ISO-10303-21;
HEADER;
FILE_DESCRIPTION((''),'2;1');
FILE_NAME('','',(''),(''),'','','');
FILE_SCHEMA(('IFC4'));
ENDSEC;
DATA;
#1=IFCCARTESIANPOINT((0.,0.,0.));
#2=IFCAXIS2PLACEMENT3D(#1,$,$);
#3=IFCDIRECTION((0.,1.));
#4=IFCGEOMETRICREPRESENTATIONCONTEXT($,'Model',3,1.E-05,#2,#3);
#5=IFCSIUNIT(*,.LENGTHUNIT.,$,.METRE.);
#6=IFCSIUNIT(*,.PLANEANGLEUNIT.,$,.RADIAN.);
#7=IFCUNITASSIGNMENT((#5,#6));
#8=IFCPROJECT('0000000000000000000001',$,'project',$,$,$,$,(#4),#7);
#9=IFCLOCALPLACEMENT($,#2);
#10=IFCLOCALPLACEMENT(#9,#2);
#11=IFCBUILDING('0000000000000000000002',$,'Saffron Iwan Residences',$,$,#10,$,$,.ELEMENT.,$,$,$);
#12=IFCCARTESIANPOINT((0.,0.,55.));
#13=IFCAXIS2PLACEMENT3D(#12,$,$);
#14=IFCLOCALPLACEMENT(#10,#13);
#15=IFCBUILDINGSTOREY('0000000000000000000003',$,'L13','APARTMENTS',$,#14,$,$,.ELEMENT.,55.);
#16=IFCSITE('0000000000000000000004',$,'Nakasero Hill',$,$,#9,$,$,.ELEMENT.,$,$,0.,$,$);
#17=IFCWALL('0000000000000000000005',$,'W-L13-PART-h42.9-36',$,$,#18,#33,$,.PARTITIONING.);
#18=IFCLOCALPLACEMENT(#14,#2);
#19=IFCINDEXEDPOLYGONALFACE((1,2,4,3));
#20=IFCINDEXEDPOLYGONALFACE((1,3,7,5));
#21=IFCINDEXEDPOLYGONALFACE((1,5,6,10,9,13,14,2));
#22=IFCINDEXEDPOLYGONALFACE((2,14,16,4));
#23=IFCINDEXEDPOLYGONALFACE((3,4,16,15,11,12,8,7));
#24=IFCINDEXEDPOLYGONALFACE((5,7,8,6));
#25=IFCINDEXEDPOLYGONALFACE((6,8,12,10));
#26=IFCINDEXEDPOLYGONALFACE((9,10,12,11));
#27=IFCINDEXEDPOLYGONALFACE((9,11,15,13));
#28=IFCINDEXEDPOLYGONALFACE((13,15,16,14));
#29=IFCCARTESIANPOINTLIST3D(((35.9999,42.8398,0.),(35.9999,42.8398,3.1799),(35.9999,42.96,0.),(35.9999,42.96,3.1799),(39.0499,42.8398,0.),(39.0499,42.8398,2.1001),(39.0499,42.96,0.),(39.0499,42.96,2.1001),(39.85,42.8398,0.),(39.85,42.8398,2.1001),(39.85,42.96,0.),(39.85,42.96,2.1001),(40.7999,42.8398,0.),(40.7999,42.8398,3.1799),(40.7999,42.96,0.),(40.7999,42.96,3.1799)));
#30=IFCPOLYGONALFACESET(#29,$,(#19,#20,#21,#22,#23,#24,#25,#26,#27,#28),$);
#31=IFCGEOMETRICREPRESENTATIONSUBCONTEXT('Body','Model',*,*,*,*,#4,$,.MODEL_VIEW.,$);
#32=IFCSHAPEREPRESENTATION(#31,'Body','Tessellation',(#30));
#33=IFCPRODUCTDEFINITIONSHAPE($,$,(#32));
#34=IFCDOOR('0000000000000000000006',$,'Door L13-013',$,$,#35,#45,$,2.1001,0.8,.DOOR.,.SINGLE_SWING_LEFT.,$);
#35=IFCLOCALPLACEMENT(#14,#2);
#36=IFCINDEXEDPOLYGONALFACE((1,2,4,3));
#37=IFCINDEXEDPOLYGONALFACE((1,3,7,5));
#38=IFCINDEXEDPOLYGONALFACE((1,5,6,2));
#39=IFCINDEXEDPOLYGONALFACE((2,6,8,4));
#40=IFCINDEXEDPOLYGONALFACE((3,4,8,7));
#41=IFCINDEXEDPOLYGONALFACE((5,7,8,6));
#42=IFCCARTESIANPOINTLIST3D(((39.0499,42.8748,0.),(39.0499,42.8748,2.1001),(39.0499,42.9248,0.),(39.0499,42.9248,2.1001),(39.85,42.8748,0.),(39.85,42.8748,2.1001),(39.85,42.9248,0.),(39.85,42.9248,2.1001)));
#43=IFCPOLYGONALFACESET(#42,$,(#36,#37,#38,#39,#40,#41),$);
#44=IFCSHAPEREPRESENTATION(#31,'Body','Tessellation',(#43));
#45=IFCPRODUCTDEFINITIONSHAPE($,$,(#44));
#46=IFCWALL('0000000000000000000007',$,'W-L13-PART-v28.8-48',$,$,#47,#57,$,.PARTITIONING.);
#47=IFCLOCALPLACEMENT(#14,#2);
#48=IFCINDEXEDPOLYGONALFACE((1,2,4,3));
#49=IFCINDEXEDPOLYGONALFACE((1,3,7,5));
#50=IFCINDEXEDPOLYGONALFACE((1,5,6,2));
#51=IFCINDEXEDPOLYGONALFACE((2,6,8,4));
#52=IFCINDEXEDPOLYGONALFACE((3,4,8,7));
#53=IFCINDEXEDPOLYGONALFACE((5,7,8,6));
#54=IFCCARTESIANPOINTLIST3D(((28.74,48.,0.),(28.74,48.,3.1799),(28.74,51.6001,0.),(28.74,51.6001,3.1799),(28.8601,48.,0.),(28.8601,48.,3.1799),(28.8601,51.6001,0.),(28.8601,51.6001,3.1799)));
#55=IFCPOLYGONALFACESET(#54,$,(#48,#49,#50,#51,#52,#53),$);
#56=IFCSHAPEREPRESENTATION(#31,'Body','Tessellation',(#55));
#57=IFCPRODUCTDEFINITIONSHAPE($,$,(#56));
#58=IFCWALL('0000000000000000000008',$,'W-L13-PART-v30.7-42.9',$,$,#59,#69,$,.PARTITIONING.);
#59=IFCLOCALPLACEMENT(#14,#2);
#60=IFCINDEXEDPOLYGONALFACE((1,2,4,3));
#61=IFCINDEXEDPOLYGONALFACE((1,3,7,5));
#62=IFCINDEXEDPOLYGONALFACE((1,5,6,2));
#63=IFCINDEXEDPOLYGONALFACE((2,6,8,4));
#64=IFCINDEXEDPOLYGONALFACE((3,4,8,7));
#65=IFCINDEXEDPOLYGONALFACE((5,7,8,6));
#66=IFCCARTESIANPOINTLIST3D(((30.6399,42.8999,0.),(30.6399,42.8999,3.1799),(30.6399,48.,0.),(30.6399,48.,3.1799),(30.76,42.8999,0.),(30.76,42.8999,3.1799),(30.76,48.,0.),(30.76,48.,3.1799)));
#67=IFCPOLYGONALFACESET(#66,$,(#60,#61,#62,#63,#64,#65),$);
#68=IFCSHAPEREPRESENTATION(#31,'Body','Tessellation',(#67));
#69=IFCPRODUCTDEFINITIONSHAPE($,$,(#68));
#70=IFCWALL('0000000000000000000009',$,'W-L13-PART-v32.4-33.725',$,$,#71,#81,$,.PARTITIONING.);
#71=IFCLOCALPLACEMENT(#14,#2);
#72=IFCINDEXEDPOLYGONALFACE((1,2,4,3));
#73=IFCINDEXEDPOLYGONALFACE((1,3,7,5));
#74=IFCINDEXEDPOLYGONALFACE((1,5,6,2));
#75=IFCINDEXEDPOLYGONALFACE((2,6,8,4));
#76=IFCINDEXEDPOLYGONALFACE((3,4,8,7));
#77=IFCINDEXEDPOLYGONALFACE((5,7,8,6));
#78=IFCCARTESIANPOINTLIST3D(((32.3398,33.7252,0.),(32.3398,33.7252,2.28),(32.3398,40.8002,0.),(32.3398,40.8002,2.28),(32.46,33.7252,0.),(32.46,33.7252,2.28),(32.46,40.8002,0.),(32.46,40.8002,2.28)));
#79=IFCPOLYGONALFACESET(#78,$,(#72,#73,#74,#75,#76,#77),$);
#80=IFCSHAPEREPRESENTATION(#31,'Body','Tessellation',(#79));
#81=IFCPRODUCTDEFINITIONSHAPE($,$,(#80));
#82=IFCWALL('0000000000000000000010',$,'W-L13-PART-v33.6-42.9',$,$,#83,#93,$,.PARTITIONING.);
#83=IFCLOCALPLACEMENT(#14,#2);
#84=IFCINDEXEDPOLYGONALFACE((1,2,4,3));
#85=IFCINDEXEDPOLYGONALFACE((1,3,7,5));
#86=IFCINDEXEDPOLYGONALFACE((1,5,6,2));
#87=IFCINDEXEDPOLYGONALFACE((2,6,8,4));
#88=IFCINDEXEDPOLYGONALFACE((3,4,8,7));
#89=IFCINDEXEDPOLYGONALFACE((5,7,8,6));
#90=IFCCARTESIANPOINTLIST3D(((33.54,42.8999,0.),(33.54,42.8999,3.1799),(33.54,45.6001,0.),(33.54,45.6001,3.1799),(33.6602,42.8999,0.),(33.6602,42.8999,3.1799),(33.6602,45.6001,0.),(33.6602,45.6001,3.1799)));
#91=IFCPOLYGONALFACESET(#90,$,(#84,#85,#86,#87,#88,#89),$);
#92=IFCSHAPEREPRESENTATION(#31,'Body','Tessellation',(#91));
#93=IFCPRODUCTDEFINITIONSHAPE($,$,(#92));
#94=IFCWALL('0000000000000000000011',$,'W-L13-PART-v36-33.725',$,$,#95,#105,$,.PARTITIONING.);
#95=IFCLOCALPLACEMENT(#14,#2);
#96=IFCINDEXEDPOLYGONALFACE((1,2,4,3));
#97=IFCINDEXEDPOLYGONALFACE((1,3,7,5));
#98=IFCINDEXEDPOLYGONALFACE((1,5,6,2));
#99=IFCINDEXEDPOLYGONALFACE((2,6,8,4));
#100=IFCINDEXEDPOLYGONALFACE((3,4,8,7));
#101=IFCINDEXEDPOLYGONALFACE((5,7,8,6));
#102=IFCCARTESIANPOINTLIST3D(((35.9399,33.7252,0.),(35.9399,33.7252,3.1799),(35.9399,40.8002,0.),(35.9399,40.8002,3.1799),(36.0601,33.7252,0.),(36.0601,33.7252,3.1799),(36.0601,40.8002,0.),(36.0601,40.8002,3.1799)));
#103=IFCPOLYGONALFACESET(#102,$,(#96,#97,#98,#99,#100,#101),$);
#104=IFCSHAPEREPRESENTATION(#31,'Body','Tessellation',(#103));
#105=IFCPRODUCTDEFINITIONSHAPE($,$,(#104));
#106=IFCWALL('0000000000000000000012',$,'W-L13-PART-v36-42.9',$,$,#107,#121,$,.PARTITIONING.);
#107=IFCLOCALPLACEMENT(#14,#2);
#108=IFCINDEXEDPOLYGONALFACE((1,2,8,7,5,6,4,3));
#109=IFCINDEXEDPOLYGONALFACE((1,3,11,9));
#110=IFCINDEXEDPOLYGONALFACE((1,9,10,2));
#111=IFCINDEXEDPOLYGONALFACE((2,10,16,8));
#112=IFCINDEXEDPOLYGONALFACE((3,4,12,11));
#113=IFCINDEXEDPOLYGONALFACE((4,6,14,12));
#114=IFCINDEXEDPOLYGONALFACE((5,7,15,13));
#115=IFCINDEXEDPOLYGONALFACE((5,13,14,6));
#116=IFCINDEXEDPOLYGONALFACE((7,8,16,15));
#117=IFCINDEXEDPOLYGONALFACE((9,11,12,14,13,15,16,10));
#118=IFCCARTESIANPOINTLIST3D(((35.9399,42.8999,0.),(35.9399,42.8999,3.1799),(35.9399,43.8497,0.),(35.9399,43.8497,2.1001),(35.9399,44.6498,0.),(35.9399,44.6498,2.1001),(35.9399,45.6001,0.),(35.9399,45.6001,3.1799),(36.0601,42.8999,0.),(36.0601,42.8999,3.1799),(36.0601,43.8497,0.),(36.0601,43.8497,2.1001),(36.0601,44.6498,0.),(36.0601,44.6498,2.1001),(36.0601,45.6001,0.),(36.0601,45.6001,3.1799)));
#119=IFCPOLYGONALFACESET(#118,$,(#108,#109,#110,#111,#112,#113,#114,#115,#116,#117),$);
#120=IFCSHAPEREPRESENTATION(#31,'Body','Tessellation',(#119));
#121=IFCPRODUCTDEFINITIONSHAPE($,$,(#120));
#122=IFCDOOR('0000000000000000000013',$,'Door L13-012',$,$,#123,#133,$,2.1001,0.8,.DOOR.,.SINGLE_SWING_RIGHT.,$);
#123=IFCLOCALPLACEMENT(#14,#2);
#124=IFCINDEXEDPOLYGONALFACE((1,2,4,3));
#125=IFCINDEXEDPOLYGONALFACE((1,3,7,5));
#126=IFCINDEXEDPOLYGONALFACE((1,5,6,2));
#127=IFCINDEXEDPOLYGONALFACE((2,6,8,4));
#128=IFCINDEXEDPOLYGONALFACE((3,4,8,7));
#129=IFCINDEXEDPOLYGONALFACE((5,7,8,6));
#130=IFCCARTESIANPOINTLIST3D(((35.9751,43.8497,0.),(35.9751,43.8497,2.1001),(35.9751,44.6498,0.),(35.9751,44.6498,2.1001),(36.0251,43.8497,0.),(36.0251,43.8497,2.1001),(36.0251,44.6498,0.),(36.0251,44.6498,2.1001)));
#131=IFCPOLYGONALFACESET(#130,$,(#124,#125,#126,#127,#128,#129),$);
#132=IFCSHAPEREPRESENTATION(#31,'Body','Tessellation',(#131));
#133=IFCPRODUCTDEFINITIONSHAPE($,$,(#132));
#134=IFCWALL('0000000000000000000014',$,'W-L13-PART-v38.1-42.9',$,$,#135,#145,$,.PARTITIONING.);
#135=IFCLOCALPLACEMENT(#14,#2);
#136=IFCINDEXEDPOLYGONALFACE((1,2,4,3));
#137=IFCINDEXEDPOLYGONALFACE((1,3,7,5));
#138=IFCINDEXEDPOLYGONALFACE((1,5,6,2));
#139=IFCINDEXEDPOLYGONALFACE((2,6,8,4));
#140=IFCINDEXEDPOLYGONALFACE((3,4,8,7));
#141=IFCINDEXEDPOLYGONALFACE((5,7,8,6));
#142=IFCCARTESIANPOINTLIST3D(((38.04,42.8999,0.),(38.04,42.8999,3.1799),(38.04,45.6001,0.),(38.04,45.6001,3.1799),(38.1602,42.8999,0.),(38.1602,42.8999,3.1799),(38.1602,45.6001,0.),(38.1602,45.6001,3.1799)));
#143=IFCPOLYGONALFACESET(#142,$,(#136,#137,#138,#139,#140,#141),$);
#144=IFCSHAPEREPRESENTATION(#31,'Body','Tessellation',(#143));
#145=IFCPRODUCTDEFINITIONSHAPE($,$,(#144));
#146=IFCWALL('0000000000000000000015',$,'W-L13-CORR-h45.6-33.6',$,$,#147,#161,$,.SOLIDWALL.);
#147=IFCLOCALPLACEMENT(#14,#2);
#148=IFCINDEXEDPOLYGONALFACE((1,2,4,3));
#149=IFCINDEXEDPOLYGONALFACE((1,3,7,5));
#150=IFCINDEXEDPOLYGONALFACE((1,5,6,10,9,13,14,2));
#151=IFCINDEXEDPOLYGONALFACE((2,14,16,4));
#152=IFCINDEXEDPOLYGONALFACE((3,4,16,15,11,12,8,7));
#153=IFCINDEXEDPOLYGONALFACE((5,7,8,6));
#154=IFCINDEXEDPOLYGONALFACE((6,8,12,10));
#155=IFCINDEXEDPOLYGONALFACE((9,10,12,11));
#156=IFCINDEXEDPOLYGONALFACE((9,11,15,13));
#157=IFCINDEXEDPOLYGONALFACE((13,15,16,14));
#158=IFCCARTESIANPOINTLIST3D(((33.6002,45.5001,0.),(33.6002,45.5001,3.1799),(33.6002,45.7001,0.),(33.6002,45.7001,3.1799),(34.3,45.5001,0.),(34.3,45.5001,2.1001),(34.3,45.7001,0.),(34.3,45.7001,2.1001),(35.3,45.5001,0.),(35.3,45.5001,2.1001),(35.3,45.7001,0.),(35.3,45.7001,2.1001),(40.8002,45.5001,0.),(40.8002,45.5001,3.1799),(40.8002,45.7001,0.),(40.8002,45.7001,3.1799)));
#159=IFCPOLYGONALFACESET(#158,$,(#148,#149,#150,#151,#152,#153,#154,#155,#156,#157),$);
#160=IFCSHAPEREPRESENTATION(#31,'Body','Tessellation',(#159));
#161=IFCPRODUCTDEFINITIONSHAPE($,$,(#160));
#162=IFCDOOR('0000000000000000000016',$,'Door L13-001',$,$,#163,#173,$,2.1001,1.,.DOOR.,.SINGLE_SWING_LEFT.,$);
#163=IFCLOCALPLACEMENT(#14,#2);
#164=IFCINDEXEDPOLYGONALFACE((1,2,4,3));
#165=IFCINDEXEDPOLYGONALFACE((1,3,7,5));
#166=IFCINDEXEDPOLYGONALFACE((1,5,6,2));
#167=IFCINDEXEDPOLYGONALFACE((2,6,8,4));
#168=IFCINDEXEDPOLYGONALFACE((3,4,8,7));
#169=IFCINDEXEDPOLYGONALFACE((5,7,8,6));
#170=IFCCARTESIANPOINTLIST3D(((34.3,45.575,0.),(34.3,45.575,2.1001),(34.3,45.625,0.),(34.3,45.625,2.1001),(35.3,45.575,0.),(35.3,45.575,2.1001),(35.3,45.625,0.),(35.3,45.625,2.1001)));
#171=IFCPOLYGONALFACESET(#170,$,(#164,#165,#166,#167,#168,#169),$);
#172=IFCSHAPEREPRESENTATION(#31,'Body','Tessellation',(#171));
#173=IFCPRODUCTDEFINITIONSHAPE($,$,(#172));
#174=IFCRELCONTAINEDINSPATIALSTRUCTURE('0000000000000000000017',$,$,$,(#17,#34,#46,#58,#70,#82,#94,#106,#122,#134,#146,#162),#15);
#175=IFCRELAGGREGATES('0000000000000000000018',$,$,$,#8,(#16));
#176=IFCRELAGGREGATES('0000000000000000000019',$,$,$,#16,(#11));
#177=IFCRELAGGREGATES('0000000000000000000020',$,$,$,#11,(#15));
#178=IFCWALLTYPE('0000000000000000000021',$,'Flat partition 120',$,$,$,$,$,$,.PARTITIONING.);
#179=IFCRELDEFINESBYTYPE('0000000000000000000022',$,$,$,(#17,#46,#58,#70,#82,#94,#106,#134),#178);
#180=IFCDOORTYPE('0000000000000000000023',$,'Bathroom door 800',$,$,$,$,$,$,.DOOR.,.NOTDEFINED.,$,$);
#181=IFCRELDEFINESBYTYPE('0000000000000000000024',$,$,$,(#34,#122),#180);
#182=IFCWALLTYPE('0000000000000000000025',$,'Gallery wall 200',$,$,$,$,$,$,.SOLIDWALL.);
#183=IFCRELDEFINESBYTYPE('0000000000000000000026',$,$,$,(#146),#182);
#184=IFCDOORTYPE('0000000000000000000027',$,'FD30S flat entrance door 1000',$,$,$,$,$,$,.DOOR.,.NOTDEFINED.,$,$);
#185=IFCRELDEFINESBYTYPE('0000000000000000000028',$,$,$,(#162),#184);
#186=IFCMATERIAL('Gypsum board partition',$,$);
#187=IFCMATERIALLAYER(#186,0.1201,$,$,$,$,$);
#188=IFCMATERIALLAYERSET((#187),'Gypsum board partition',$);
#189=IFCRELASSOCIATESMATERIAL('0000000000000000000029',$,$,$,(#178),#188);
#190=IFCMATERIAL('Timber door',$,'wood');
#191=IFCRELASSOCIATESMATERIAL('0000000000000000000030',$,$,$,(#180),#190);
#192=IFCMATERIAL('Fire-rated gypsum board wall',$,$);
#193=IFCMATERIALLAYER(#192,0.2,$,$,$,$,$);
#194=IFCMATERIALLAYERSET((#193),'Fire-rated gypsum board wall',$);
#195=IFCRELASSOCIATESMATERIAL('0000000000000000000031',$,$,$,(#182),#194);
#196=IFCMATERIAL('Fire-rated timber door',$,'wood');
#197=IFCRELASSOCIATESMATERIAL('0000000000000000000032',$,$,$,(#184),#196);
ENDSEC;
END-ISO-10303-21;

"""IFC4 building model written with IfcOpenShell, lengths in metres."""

from ifc_helpers import new_model, si_unit, direction, frame, frame_2d, origin, place, context, subcontext, project, spatial, rectangle, extrude, material, layer, layer_set, type_object, element, fill, save


model = new_model("IFC4")

# Units and contexts
model_context = context("Model", 3, precision=1e-05, world=origin(), true_north=direction((0.0, 1.0)))
body_context = subcontext(model_context, "Body", "Model", "MODEL_VIEW")
ifc_project = project(units=[si_unit("LENGTHUNIT", "METRE"), si_unit("PLANEANGLEUNIT", "RADIAN")], contexts=[model_context])

# Site, building, storey
site_placement = place(None, origin())
site = spatial("IfcSite", under=ifc_project, at=site_placement, Name="Nakasero Hill", CompositionType="ELEMENT", RefElevation=0.0)
building_placement = place(site_placement, origin())
building = spatial("IfcBuilding", under=site, at=building_placement, Name="Saffron Iwan Residences", CompositionType="ELEMENT")
storey_placement = place(building_placement, frame((0.0, 0.0, 55.0)))
storey = spatial("IfcBuildingStorey", under=building, at=storey_placement, Name="L13", Description="APARTMENTS", CompositionType="ELEMENT", Elevation=55.0)

# Wall, opening, door
ifc_material_1 = material(Name="Gypsum board partition")
ifc_layer_1 = layer(ifc_material_1, 0.1201)
ifc_layer_set_1 = layer_set([ifc_layer_1], Name="Gypsum board partition")
wall_type_1 = type_object("IfcWallType", Name="Flat partition 120", PredefinedType="PARTITIONING", material=ifc_layer_set_1)
wall_1_placement = place(storey_placement, frame((36.0, 42.8999, 0.0), z_axis=(0.0, 0.0, 1.0), x_axis=(1.0, 0.0, 0.0)))
wall_1 = element("IfcWall", 1, at=wall_1_placement, inside=storey, type_object=wall_type_1, Name="W-L13-PART-h42.9-36", PredefinedType="PARTITIONING", context=body_context, shape_type="SweptSolid", body=[
    extrude(rectangle(XDim=4.8, YDim=0.1201, at=frame_2d((2.3999, 0.0))), origin(), (0.0, 0.0, 1.0), 3.1799),
])
opening_1_placement = place(wall_1_placement, frame((3.05, 0.0, 0.0)))
opening_1 = element("IfcOpeningElement", 2, at=opening_1_placement, cuts=wall_1, PredefinedType="OPENING", context=body_context, shape_type="SweptSolid", body=[
    extrude(rectangle(XDim=0.8, YDim=2.1001, at=frame_2d((0.3999, 1.05))), frame((0.0, 0.0701, 0.0), z_axis=(0.0, -1.0, 0.0), x_axis=(1.0, 0.0, 0.0)), (0.0, 0.0, 1.0), 0.1401),
])
ifc_material_2 = material(Name="Timber door", Category="wood")
door_type_1 = type_object("IfcDoorType", Name="Bathroom door 800", OperationType="NOTDEFINED", PredefinedType="DOOR", material=ifc_material_2)
door_1_placement = place(opening_1_placement, origin())
door_1 = element("IfcDoor", 3, at=door_1_placement, inside=storey, type_object=door_type_1, Name="Door L13-013", OperationType="SINGLE_SWING_LEFT", OverallHeight=2.1001, OverallWidth=0.8, PredefinedType="DOOR", context=body_context, shape_type="SweptSolid", body=[
    extrude(rectangle(XDim=0.8, YDim=2.1001, at=frame_2d((0.3999, 1.05))), frame((0.0, 0.0249, 0.0), z_axis=(0.0, -1.0, 0.0), x_axis=(1.0, 0.0, 0.0)), (0.0, 0.0, 1.0), 0.05),
])
fill(opening_1, door_1)

# Walls
wall_2_placement = place(storey_placement, frame((28.8, 48.0, 0.0), z_axis=(0.0, 0.0, 1.0), x_axis=(0.0, 1.0, 0.0)))
element("IfcWall", 4, at=wall_2_placement, inside=storey, type_object=wall_type_1, Name="W-L13-PART-v28.8-48", PredefinedType="PARTITIONING", context=body_context, shape_type="SweptSolid", body=[
    extrude(rectangle(XDim=3.6001, YDim=0.1201, at=frame_2d((1.8, 0.0))), origin(), (0.0, 0.0, 1.0), 3.1799),
])
wall_3_placement = place(storey_placement, frame((30.7, 42.8999, 0.0), z_axis=(0.0, 0.0, 1.0), x_axis=(0.0, 1.0, 0.0)))
element("IfcWall", 5, at=wall_3_placement, inside=storey, type_object=wall_type_1, Name="W-L13-PART-v30.7-42.9", PredefinedType="PARTITIONING", context=body_context, shape_type="SweptSolid", body=[
    extrude(rectangle(XDim=5.1001, YDim=0.1201, at=frame_2d((2.55, 0.0))), origin(), (0.0, 0.0, 1.0), 3.1799),
])
wall_4_placement = place(storey_placement, frame((32.3999, 33.7251, 0.0), z_axis=(0.0, 0.0, 1.0), x_axis=(0.0, 1.0, 0.0)))
element("IfcWall", 6, at=wall_4_placement, inside=storey, type_object=wall_type_1, Name="W-L13-PART-v32.4-33.725", PredefinedType="PARTITIONING", context=body_context, shape_type="SweptSolid", body=[
    extrude(rectangle(XDim=7.075, YDim=0.1201, at=frame_2d((3.5376, 0.0))), origin(), (0.0, 0.0, 1.0), 2.28),
])
wall_5_placement = place(storey_placement, frame((33.6001, 42.8999, 0.0), z_axis=(0.0, 0.0, 1.0), x_axis=(0.0, 1.0, 0.0)))
element("IfcWall", 7, at=wall_5_placement, inside=storey, type_object=wall_type_1, Name="W-L13-PART-v33.6-42.9", PredefinedType="PARTITIONING", context=body_context, shape_type="SweptSolid", body=[
    extrude(rectangle(XDim=2.7002, YDim=0.1201, at=frame_2d((1.3501, 0.0))), origin(), (0.0, 0.0, 1.0), 3.1799),
])
wall_6_placement = place(storey_placement, frame((36.0, 33.7251, 0.0), z_axis=(0.0, 0.0, 1.0), x_axis=(0.0, 1.0, 0.0)))
element("IfcWall", 8, at=wall_6_placement, inside=storey, type_object=wall_type_1, Name="W-L13-PART-v36-33.725", PredefinedType="PARTITIONING", context=body_context, shape_type="SweptSolid", body=[
    extrude(rectangle(XDim=7.075, YDim=0.1201, at=frame_2d((3.5376, 0.0))), origin(), (0.0, 0.0, 1.0), 3.1799),
])

# Wall, opening, door
wall_7_placement = place(storey_placement, frame((36.0, 42.8999, 0.0), z_axis=(0.0, 0.0, 1.0), x_axis=(0.0, 1.0, 0.0)))
wall_7 = element("IfcWall", 9, at=wall_7_placement, inside=storey, type_object=wall_type_1, Name="W-L13-PART-v36-42.9", PredefinedType="PARTITIONING", context=body_context, shape_type="SweptSolid", body=[
    extrude(rectangle(XDim=2.7002, YDim=0.1201, at=frame_2d((1.3501, 0.0))), origin(), (0.0, 0.0, 1.0), 3.1799),
])
opening_2_placement = place(wall_7_placement, frame((0.95, 0.0, 0.0)))
opening_2 = element("IfcOpeningElement", 10, at=opening_2_placement, cuts=wall_7, PredefinedType="OPENING", context=body_context, shape_type="SweptSolid", body=[
    extrude(rectangle(XDim=0.8, YDim=2.1001, at=frame_2d((0.3999, 1.05))), frame((0.0, 0.0701, 0.0), z_axis=(0.0, -1.0, 0.0), x_axis=(1.0, 0.0, 0.0)), (0.0, 0.0, 1.0), 0.1401),
])
door_2_placement = place(opening_2_placement, origin())
door_2 = element("IfcDoor", 11, at=door_2_placement, inside=storey, type_object=door_type_1, Name="Door L13-012", OperationType="SINGLE_SWING_RIGHT", OverallHeight=2.1001, OverallWidth=0.8, PredefinedType="DOOR", context=body_context, shape_type="SweptSolid", body=[
    extrude(rectangle(XDim=0.8, YDim=2.1001, at=frame_2d((0.3999, 1.05))), frame((0.0, 0.0249, 0.0), z_axis=(0.0, -1.0, 0.0), x_axis=(1.0, 0.0, 0.0)), (0.0, 0.0, 1.0), 0.05),
])
fill(opening_2, door_2)

# Wall
wall_8_placement = place(storey_placement, frame((38.1001, 42.8999, 0.0), z_axis=(0.0, 0.0, 1.0), x_axis=(0.0, 1.0, 0.0)))
element("IfcWall", 12, at=wall_8_placement, inside=storey, type_object=wall_type_1, Name="W-L13-PART-v38.1-42.9", PredefinedType="PARTITIONING", context=body_context, shape_type="SweptSolid", body=[
    extrude(rectangle(XDim=2.7002, YDim=0.1201, at=frame_2d((1.3501, 0.0))), origin(), (0.0, 0.0, 1.0), 3.1799),
])

# Wall, opening, door
ifc_material_3 = material(Name="Fire-rated gypsum board wall")
ifc_layer_2 = layer(ifc_material_3, 0.2)
ifc_layer_set_2 = layer_set([ifc_layer_2], Name="Fire-rated gypsum board wall")
wall_type_2 = type_object("IfcWallType", Name="Gallery wall 200", PredefinedType="SOLIDWALL", material=ifc_layer_set_2)
wall_9_placement = place(storey_placement, frame((33.6001, 45.6001, 0.0), z_axis=(0.0, 0.0, 1.0), x_axis=(1.0, 0.0, 0.0)))
wall_9 = element("IfcWall", 13, at=wall_9_placement, inside=storey, type_object=wall_type_2, Name="W-L13-CORR-h45.6-33.6", PredefinedType="SOLIDWALL", context=body_context, shape_type="SweptSolid", body=[
    extrude(rectangle(XDim=7.2, YDim=0.2, at=frame_2d((3.6001, 0.0))), origin(), (0.0, 0.0, 1.0), 3.1799),
])
opening_3_placement = place(wall_9_placement, frame((0.7, 0.0, 0.0)))
opening_3 = element("IfcOpeningElement", 14, at=opening_3_placement, cuts=wall_9, PredefinedType="OPENING", context=body_context, shape_type="SweptSolid", body=[
    extrude(rectangle(XDim=1.0, YDim=2.1001, at=frame_2d((0.5, 1.05))), frame((0.0, 0.1099, 0.0), z_axis=(0.0, -1.0, 0.0), x_axis=(1.0, 0.0, 0.0)), (0.0, 0.0, 1.0), 0.22),
])
ifc_material_4 = material(Name="Fire-rated timber door", Category="wood")
door_type_2 = type_object("IfcDoorType", Name="FD30S flat entrance door 1000", OperationType="NOTDEFINED", PredefinedType="DOOR", material=ifc_material_4)
door_3_placement = place(opening_3_placement, origin())
door_3 = element("IfcDoor", 15, at=door_3_placement, inside=storey, type_object=door_type_2, Name="Door L13-001", OperationType="SINGLE_SWING_LEFT", OverallHeight=2.1001, OverallWidth=1.0, PredefinedType="DOOR", context=body_context, shape_type="SweptSolid", body=[
    extrude(rectangle(XDim=1.0, YDim=2.1001, at=frame_2d((0.5, 1.05))), frame((0.0, 0.0249, 0.0), z_axis=(0.0, -1.0, 0.0), x_axis=(1.0, 0.0, 0.0)), (0.0, 0.0, 1.0), 0.05),
])
fill(opening_3, door_3)

save(model, "model.ifc")
